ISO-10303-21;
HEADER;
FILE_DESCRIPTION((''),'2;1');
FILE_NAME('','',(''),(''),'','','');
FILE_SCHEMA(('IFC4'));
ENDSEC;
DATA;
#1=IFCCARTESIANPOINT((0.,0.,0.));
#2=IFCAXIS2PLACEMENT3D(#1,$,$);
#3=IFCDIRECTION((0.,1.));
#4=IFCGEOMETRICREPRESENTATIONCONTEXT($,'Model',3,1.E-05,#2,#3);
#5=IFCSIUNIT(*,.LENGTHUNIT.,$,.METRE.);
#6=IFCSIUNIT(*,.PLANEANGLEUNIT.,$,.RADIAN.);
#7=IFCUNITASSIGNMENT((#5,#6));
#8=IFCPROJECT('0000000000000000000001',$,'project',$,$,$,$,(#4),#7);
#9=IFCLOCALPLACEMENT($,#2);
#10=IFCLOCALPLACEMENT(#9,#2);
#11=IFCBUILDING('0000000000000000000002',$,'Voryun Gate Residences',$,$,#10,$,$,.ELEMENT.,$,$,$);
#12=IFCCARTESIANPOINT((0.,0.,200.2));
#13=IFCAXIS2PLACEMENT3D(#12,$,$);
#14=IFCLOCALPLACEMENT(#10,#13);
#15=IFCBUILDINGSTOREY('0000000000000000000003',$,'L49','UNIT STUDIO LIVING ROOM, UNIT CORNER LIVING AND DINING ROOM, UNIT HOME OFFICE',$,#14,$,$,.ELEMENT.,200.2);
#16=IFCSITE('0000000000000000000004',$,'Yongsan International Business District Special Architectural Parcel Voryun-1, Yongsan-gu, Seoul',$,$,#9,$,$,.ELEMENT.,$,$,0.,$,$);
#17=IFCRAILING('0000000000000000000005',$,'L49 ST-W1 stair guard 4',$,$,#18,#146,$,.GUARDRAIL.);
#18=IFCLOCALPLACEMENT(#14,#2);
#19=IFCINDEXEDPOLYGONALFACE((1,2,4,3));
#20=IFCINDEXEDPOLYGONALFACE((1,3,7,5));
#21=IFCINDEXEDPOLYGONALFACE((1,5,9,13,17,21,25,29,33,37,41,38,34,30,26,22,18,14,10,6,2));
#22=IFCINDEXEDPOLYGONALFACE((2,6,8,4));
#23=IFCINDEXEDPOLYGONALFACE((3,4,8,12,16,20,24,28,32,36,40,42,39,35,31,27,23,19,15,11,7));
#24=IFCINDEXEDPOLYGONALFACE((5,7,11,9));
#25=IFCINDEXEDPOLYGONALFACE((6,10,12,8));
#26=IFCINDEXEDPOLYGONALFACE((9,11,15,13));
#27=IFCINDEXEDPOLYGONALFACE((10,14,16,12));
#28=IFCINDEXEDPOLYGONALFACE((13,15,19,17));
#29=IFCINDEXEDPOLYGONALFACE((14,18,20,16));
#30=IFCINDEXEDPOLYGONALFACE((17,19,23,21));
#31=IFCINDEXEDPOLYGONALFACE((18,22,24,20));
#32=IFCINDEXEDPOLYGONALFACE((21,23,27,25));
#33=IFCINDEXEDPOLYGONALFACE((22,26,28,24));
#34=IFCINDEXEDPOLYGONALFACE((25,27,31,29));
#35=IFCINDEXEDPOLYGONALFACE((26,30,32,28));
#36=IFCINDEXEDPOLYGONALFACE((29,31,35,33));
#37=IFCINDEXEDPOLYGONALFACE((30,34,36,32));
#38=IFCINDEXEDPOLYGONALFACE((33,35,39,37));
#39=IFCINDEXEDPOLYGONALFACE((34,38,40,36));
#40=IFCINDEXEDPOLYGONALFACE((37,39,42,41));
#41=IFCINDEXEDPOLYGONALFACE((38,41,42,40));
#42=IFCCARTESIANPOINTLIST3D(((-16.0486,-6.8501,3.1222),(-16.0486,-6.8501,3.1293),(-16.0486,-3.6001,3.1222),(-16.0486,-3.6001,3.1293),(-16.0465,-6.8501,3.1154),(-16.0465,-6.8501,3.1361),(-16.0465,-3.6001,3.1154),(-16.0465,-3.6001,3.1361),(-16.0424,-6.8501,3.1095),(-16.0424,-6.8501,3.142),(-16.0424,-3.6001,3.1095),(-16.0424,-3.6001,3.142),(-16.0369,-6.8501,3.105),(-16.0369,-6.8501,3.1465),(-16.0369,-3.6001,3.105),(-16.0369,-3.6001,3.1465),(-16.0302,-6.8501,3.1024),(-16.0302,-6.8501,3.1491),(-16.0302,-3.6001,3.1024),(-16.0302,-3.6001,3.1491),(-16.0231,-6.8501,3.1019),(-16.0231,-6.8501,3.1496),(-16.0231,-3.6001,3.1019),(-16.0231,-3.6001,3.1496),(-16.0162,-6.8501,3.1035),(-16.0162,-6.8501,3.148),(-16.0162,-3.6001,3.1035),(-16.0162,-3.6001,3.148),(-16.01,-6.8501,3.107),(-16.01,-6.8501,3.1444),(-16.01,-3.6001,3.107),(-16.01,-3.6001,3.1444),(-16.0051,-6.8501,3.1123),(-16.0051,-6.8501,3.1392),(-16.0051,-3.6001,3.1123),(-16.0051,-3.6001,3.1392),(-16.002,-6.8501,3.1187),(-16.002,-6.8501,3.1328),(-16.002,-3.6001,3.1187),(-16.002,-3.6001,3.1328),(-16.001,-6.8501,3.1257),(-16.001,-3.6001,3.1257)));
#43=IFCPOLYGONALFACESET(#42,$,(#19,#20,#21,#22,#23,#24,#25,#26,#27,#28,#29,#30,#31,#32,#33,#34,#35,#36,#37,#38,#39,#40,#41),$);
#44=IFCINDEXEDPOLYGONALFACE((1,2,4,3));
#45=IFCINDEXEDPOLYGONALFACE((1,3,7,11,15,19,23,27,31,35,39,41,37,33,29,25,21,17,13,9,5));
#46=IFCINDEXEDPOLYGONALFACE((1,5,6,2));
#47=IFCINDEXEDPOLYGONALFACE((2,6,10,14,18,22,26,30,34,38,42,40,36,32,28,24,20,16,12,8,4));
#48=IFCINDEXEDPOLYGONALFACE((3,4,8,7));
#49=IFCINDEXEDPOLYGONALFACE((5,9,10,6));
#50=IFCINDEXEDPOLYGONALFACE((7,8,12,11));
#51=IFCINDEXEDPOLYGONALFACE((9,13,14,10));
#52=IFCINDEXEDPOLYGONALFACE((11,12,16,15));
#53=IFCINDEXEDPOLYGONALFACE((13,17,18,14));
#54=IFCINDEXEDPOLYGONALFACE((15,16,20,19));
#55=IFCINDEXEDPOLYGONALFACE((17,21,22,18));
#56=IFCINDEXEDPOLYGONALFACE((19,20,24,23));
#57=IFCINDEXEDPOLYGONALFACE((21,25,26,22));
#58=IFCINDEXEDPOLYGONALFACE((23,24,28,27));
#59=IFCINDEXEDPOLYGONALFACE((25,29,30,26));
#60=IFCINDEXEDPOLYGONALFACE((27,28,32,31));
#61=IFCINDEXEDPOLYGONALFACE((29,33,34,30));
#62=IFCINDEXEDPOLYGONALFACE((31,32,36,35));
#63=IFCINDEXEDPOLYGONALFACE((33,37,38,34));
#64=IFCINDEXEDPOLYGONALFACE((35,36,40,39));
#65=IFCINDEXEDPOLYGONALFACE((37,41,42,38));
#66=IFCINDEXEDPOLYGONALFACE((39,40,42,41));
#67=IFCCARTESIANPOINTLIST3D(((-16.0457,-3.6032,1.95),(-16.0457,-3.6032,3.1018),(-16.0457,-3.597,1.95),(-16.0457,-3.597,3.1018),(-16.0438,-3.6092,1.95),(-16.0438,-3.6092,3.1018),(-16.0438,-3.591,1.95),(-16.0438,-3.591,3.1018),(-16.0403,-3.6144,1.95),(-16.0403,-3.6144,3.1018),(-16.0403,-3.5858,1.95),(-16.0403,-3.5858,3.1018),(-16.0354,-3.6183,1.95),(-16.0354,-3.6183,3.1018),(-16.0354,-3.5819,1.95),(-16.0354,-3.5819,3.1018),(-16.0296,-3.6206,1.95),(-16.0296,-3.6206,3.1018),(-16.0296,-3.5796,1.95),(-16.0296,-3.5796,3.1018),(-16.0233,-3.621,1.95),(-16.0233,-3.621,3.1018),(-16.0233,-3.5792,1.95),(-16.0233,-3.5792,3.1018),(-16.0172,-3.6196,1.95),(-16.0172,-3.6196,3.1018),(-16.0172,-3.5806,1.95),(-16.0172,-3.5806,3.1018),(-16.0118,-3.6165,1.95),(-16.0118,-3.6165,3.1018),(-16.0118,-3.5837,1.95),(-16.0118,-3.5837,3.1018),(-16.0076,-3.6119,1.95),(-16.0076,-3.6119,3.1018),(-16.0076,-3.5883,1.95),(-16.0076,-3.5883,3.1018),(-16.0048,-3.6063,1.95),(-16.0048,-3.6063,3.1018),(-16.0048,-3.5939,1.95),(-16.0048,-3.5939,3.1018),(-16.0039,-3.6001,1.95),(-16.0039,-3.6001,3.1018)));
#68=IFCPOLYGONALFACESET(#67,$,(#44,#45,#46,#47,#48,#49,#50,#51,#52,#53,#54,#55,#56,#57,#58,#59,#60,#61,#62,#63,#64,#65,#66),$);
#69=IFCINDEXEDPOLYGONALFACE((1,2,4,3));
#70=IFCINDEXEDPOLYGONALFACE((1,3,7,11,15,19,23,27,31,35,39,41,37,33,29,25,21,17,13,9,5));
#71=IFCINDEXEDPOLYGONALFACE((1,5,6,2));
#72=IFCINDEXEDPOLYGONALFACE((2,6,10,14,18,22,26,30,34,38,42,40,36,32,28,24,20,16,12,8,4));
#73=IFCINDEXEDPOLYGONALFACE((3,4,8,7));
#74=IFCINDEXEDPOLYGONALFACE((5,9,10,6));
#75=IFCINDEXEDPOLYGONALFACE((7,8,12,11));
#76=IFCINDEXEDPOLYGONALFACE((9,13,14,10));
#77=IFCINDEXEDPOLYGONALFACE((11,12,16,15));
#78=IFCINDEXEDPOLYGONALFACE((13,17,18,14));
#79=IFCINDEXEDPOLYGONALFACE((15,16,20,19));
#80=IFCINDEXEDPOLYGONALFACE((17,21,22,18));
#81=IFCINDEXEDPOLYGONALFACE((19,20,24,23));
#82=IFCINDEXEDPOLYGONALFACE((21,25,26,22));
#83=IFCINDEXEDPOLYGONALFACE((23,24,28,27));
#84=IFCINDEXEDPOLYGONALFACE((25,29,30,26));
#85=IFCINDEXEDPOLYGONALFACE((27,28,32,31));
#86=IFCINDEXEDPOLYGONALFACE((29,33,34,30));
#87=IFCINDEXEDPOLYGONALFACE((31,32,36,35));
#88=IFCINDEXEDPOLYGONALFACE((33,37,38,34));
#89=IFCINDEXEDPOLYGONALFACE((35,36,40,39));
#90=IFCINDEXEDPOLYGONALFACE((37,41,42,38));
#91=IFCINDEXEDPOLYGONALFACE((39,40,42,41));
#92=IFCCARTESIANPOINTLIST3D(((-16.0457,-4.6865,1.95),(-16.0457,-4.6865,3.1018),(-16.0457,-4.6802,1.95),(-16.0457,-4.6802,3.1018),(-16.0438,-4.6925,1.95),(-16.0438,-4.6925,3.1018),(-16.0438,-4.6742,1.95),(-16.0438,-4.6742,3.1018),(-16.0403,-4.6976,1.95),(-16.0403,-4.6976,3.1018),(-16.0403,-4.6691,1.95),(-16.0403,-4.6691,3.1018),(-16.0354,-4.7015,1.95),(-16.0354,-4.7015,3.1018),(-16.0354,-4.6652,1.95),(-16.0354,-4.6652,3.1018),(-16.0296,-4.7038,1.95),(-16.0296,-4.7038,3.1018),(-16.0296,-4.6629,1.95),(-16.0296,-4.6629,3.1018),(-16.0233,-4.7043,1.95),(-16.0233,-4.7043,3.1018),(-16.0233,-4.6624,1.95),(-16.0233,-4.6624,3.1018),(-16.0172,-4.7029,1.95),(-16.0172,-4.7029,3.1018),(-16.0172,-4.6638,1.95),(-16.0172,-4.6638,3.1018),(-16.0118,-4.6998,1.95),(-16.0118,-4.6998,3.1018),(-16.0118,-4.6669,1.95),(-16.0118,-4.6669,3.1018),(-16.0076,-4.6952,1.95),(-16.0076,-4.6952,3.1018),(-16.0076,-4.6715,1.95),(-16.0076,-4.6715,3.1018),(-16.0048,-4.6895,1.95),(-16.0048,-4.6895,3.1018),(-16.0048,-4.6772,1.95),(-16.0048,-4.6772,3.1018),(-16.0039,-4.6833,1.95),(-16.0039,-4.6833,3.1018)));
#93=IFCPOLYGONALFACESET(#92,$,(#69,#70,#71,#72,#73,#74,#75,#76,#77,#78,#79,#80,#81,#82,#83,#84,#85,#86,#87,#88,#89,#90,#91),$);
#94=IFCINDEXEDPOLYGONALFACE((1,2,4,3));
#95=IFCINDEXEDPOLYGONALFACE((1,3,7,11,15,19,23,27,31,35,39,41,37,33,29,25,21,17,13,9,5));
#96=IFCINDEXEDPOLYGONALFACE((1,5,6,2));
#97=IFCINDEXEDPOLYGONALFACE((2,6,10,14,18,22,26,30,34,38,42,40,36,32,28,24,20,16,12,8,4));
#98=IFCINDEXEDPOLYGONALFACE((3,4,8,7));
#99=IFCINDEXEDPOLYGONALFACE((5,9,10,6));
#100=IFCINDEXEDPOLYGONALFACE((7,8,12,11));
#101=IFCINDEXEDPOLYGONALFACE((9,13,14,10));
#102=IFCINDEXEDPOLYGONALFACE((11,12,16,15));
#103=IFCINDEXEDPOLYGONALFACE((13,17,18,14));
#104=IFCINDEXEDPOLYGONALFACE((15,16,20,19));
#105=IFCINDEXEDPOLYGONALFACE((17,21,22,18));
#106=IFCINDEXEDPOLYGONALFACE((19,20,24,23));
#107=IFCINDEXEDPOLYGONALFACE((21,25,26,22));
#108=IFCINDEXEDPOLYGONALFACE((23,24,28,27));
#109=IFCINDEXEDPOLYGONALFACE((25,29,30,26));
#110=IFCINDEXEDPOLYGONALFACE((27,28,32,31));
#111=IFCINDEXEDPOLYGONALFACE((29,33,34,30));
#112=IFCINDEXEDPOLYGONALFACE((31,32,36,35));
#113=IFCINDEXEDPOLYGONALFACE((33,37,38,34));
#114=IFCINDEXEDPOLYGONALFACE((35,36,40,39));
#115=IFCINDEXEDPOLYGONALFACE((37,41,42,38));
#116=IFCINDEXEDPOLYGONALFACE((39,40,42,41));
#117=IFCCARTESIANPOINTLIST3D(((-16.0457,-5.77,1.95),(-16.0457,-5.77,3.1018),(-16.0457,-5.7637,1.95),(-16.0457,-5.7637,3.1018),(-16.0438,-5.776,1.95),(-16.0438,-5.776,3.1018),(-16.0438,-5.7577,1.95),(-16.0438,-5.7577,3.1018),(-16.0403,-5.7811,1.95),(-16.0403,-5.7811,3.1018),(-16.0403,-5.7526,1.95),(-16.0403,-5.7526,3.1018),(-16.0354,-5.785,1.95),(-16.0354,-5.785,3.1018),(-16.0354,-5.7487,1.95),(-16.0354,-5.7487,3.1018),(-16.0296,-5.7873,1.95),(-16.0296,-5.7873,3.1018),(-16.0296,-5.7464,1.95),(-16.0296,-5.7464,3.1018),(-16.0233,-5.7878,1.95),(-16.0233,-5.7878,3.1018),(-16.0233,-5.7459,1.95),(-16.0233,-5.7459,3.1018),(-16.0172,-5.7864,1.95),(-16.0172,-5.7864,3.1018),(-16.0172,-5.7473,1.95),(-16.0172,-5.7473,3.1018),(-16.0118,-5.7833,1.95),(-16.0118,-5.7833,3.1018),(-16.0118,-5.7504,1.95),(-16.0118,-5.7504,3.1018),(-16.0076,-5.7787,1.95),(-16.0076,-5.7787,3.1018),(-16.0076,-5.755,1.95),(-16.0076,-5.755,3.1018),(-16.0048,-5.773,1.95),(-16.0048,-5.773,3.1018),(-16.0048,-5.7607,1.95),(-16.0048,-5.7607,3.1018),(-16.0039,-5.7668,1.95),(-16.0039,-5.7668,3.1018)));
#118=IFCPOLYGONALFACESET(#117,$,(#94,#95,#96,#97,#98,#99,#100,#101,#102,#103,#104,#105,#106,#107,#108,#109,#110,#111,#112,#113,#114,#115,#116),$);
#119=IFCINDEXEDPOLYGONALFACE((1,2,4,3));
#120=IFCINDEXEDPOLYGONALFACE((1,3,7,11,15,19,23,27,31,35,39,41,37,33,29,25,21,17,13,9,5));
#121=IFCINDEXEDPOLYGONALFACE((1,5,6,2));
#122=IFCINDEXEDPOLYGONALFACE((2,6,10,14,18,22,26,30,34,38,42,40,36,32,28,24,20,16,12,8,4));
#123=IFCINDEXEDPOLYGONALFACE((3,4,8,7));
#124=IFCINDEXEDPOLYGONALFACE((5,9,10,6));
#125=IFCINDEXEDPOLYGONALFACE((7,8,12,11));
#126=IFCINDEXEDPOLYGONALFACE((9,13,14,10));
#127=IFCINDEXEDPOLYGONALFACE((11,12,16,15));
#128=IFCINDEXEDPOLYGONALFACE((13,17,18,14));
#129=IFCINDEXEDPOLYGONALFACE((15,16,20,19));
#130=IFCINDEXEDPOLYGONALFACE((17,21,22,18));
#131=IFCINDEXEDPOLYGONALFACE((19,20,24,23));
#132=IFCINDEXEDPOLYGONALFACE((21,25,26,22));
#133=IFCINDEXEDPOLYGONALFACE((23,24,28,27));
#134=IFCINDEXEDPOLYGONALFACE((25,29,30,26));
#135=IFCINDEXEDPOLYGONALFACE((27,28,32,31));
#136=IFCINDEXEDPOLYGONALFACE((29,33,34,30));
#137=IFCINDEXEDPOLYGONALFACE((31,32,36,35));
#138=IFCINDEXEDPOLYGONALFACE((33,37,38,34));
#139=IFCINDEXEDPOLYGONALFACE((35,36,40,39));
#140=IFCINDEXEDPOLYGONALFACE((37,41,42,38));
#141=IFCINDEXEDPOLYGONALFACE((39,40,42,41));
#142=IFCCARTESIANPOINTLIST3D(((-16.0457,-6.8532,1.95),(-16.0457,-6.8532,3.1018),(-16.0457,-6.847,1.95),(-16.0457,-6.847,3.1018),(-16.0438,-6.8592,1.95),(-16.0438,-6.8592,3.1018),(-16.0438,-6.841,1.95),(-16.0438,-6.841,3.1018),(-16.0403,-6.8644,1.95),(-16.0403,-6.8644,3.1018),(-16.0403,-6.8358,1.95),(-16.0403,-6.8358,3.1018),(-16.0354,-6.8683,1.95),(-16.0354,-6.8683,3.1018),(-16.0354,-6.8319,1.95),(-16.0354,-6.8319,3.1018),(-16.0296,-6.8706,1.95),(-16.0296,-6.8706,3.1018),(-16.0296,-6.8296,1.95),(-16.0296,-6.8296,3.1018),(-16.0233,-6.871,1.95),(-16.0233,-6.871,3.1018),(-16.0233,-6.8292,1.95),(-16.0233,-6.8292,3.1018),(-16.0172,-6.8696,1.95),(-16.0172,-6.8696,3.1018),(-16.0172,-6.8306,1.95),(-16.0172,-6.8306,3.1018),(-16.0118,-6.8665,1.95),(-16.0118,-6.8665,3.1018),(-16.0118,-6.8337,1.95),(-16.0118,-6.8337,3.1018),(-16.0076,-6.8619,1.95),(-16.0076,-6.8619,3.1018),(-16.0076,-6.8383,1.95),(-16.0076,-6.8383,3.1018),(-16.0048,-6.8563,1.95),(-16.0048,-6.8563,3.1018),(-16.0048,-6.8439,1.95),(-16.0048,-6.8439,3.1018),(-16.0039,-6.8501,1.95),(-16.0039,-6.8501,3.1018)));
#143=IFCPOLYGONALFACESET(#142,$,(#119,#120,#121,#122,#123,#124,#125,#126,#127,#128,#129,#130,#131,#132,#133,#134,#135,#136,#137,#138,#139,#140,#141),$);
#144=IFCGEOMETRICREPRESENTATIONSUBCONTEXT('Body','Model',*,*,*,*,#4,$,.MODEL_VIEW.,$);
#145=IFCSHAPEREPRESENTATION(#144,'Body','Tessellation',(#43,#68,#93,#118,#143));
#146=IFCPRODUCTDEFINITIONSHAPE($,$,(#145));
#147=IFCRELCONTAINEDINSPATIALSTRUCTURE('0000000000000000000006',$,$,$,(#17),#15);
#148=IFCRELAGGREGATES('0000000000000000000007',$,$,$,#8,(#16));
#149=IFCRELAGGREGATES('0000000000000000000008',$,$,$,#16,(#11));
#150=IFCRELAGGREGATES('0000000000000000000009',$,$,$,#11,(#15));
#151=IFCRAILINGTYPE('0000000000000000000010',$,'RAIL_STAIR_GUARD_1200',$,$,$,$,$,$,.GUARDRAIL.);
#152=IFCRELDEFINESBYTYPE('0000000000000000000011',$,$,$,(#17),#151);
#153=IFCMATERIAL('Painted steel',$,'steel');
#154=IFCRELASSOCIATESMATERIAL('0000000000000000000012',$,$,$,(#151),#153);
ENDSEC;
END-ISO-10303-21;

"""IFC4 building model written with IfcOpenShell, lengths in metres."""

from ifc_helpers import new_model, si_unit, direction, frame, origin, origin_2d, place, context, subcontext, project, spatial, circle, extrude, material, type_object, element, save


model = new_model("IFC4")

# Units and contexts
model_context = context("Model", 3, precision=1e-05, world=origin(), true_north=direction((0.0, 1.0)))
body_context = subcontext(model_context, "Body", "Model", "MODEL_VIEW")
ifc_project = project(units=[si_unit("LENGTHUNIT", "METRE"), si_unit("PLANEANGLEUNIT", "RADIAN")], contexts=[model_context])

# Site, building, storey
site_placement = place(None, origin())
site = spatial("IfcSite", under=ifc_project, at=site_placement, Name="Yongsan International Business District Special Architectural Parcel Voryun-1, Yongsan-gu, Seoul", CompositionType="ELEMENT", RefElevation=0.0)
building_placement = place(site_placement, origin())
building = spatial("IfcBuilding", under=site, at=building_placement, Name="Voryun Gate Residences", CompositionType="ELEMENT")
storey_placement = place(building_placement, frame((0.0, 0.0, 200.2)))
storey = spatial("IfcBuildingStorey", under=building, at=storey_placement, Name="L49", Description="UNIT STUDIO LIVING ROOM, UNIT CORNER LIVING AND DINING ROOM, UNIT HOME OFFICE", CompositionType="ELEMENT", Elevation=200.2)

# Railing
ifc_material_1 = material(Name="Painted steel", Category="steel")
railing_type_1 = type_object("IfcRailingType", Name="RAIL_STAIR_GUARD_1200", PredefinedType="GUARDRAIL", material=ifc_material_1)
railing_1_placement = place(storey_placement, frame((-16.0249, -3.6001, 1.95)))
element("IfcRailing", 1, at=railing_1_placement, inside=storey, type_object=railing_type_1, Name="L49 ST-W1 stair guard 4", PredefinedType="GUARDRAIL", context=body_context, shape_type="SweptSolid", body=[
    extrude(circle(Radius=0.0239, at=origin_2d()), frame((0.0, 0.0, 1.1758), z_axis=(0.0, -1.0, 0.0), x_axis=(1.0, 0.0, 0.0)), (0.0, 0.0, 1.0), 3.25),
    extrude(circle(Radius=0.021, at=origin_2d()), origin(), (0.0, 0.0, 1.0), 1.1519),
    extrude(circle(Radius=0.021, at=origin_2d()), frame((0.0, -1.0833, 0.0)), (0.0, 0.0, 1.0), 1.1519),
    extrude(circle(Radius=0.021, at=origin_2d()), frame((0.0, -2.1667, 0.0)), (0.0, 0.0, 1.0), 1.1519),
    extrude(circle(Radius=0.021, at=origin_2d()), frame((0.0, -3.25, 0.0)), (0.0, 0.0, 1.0), 1.1519),
])

save(model, "model.ifc")
